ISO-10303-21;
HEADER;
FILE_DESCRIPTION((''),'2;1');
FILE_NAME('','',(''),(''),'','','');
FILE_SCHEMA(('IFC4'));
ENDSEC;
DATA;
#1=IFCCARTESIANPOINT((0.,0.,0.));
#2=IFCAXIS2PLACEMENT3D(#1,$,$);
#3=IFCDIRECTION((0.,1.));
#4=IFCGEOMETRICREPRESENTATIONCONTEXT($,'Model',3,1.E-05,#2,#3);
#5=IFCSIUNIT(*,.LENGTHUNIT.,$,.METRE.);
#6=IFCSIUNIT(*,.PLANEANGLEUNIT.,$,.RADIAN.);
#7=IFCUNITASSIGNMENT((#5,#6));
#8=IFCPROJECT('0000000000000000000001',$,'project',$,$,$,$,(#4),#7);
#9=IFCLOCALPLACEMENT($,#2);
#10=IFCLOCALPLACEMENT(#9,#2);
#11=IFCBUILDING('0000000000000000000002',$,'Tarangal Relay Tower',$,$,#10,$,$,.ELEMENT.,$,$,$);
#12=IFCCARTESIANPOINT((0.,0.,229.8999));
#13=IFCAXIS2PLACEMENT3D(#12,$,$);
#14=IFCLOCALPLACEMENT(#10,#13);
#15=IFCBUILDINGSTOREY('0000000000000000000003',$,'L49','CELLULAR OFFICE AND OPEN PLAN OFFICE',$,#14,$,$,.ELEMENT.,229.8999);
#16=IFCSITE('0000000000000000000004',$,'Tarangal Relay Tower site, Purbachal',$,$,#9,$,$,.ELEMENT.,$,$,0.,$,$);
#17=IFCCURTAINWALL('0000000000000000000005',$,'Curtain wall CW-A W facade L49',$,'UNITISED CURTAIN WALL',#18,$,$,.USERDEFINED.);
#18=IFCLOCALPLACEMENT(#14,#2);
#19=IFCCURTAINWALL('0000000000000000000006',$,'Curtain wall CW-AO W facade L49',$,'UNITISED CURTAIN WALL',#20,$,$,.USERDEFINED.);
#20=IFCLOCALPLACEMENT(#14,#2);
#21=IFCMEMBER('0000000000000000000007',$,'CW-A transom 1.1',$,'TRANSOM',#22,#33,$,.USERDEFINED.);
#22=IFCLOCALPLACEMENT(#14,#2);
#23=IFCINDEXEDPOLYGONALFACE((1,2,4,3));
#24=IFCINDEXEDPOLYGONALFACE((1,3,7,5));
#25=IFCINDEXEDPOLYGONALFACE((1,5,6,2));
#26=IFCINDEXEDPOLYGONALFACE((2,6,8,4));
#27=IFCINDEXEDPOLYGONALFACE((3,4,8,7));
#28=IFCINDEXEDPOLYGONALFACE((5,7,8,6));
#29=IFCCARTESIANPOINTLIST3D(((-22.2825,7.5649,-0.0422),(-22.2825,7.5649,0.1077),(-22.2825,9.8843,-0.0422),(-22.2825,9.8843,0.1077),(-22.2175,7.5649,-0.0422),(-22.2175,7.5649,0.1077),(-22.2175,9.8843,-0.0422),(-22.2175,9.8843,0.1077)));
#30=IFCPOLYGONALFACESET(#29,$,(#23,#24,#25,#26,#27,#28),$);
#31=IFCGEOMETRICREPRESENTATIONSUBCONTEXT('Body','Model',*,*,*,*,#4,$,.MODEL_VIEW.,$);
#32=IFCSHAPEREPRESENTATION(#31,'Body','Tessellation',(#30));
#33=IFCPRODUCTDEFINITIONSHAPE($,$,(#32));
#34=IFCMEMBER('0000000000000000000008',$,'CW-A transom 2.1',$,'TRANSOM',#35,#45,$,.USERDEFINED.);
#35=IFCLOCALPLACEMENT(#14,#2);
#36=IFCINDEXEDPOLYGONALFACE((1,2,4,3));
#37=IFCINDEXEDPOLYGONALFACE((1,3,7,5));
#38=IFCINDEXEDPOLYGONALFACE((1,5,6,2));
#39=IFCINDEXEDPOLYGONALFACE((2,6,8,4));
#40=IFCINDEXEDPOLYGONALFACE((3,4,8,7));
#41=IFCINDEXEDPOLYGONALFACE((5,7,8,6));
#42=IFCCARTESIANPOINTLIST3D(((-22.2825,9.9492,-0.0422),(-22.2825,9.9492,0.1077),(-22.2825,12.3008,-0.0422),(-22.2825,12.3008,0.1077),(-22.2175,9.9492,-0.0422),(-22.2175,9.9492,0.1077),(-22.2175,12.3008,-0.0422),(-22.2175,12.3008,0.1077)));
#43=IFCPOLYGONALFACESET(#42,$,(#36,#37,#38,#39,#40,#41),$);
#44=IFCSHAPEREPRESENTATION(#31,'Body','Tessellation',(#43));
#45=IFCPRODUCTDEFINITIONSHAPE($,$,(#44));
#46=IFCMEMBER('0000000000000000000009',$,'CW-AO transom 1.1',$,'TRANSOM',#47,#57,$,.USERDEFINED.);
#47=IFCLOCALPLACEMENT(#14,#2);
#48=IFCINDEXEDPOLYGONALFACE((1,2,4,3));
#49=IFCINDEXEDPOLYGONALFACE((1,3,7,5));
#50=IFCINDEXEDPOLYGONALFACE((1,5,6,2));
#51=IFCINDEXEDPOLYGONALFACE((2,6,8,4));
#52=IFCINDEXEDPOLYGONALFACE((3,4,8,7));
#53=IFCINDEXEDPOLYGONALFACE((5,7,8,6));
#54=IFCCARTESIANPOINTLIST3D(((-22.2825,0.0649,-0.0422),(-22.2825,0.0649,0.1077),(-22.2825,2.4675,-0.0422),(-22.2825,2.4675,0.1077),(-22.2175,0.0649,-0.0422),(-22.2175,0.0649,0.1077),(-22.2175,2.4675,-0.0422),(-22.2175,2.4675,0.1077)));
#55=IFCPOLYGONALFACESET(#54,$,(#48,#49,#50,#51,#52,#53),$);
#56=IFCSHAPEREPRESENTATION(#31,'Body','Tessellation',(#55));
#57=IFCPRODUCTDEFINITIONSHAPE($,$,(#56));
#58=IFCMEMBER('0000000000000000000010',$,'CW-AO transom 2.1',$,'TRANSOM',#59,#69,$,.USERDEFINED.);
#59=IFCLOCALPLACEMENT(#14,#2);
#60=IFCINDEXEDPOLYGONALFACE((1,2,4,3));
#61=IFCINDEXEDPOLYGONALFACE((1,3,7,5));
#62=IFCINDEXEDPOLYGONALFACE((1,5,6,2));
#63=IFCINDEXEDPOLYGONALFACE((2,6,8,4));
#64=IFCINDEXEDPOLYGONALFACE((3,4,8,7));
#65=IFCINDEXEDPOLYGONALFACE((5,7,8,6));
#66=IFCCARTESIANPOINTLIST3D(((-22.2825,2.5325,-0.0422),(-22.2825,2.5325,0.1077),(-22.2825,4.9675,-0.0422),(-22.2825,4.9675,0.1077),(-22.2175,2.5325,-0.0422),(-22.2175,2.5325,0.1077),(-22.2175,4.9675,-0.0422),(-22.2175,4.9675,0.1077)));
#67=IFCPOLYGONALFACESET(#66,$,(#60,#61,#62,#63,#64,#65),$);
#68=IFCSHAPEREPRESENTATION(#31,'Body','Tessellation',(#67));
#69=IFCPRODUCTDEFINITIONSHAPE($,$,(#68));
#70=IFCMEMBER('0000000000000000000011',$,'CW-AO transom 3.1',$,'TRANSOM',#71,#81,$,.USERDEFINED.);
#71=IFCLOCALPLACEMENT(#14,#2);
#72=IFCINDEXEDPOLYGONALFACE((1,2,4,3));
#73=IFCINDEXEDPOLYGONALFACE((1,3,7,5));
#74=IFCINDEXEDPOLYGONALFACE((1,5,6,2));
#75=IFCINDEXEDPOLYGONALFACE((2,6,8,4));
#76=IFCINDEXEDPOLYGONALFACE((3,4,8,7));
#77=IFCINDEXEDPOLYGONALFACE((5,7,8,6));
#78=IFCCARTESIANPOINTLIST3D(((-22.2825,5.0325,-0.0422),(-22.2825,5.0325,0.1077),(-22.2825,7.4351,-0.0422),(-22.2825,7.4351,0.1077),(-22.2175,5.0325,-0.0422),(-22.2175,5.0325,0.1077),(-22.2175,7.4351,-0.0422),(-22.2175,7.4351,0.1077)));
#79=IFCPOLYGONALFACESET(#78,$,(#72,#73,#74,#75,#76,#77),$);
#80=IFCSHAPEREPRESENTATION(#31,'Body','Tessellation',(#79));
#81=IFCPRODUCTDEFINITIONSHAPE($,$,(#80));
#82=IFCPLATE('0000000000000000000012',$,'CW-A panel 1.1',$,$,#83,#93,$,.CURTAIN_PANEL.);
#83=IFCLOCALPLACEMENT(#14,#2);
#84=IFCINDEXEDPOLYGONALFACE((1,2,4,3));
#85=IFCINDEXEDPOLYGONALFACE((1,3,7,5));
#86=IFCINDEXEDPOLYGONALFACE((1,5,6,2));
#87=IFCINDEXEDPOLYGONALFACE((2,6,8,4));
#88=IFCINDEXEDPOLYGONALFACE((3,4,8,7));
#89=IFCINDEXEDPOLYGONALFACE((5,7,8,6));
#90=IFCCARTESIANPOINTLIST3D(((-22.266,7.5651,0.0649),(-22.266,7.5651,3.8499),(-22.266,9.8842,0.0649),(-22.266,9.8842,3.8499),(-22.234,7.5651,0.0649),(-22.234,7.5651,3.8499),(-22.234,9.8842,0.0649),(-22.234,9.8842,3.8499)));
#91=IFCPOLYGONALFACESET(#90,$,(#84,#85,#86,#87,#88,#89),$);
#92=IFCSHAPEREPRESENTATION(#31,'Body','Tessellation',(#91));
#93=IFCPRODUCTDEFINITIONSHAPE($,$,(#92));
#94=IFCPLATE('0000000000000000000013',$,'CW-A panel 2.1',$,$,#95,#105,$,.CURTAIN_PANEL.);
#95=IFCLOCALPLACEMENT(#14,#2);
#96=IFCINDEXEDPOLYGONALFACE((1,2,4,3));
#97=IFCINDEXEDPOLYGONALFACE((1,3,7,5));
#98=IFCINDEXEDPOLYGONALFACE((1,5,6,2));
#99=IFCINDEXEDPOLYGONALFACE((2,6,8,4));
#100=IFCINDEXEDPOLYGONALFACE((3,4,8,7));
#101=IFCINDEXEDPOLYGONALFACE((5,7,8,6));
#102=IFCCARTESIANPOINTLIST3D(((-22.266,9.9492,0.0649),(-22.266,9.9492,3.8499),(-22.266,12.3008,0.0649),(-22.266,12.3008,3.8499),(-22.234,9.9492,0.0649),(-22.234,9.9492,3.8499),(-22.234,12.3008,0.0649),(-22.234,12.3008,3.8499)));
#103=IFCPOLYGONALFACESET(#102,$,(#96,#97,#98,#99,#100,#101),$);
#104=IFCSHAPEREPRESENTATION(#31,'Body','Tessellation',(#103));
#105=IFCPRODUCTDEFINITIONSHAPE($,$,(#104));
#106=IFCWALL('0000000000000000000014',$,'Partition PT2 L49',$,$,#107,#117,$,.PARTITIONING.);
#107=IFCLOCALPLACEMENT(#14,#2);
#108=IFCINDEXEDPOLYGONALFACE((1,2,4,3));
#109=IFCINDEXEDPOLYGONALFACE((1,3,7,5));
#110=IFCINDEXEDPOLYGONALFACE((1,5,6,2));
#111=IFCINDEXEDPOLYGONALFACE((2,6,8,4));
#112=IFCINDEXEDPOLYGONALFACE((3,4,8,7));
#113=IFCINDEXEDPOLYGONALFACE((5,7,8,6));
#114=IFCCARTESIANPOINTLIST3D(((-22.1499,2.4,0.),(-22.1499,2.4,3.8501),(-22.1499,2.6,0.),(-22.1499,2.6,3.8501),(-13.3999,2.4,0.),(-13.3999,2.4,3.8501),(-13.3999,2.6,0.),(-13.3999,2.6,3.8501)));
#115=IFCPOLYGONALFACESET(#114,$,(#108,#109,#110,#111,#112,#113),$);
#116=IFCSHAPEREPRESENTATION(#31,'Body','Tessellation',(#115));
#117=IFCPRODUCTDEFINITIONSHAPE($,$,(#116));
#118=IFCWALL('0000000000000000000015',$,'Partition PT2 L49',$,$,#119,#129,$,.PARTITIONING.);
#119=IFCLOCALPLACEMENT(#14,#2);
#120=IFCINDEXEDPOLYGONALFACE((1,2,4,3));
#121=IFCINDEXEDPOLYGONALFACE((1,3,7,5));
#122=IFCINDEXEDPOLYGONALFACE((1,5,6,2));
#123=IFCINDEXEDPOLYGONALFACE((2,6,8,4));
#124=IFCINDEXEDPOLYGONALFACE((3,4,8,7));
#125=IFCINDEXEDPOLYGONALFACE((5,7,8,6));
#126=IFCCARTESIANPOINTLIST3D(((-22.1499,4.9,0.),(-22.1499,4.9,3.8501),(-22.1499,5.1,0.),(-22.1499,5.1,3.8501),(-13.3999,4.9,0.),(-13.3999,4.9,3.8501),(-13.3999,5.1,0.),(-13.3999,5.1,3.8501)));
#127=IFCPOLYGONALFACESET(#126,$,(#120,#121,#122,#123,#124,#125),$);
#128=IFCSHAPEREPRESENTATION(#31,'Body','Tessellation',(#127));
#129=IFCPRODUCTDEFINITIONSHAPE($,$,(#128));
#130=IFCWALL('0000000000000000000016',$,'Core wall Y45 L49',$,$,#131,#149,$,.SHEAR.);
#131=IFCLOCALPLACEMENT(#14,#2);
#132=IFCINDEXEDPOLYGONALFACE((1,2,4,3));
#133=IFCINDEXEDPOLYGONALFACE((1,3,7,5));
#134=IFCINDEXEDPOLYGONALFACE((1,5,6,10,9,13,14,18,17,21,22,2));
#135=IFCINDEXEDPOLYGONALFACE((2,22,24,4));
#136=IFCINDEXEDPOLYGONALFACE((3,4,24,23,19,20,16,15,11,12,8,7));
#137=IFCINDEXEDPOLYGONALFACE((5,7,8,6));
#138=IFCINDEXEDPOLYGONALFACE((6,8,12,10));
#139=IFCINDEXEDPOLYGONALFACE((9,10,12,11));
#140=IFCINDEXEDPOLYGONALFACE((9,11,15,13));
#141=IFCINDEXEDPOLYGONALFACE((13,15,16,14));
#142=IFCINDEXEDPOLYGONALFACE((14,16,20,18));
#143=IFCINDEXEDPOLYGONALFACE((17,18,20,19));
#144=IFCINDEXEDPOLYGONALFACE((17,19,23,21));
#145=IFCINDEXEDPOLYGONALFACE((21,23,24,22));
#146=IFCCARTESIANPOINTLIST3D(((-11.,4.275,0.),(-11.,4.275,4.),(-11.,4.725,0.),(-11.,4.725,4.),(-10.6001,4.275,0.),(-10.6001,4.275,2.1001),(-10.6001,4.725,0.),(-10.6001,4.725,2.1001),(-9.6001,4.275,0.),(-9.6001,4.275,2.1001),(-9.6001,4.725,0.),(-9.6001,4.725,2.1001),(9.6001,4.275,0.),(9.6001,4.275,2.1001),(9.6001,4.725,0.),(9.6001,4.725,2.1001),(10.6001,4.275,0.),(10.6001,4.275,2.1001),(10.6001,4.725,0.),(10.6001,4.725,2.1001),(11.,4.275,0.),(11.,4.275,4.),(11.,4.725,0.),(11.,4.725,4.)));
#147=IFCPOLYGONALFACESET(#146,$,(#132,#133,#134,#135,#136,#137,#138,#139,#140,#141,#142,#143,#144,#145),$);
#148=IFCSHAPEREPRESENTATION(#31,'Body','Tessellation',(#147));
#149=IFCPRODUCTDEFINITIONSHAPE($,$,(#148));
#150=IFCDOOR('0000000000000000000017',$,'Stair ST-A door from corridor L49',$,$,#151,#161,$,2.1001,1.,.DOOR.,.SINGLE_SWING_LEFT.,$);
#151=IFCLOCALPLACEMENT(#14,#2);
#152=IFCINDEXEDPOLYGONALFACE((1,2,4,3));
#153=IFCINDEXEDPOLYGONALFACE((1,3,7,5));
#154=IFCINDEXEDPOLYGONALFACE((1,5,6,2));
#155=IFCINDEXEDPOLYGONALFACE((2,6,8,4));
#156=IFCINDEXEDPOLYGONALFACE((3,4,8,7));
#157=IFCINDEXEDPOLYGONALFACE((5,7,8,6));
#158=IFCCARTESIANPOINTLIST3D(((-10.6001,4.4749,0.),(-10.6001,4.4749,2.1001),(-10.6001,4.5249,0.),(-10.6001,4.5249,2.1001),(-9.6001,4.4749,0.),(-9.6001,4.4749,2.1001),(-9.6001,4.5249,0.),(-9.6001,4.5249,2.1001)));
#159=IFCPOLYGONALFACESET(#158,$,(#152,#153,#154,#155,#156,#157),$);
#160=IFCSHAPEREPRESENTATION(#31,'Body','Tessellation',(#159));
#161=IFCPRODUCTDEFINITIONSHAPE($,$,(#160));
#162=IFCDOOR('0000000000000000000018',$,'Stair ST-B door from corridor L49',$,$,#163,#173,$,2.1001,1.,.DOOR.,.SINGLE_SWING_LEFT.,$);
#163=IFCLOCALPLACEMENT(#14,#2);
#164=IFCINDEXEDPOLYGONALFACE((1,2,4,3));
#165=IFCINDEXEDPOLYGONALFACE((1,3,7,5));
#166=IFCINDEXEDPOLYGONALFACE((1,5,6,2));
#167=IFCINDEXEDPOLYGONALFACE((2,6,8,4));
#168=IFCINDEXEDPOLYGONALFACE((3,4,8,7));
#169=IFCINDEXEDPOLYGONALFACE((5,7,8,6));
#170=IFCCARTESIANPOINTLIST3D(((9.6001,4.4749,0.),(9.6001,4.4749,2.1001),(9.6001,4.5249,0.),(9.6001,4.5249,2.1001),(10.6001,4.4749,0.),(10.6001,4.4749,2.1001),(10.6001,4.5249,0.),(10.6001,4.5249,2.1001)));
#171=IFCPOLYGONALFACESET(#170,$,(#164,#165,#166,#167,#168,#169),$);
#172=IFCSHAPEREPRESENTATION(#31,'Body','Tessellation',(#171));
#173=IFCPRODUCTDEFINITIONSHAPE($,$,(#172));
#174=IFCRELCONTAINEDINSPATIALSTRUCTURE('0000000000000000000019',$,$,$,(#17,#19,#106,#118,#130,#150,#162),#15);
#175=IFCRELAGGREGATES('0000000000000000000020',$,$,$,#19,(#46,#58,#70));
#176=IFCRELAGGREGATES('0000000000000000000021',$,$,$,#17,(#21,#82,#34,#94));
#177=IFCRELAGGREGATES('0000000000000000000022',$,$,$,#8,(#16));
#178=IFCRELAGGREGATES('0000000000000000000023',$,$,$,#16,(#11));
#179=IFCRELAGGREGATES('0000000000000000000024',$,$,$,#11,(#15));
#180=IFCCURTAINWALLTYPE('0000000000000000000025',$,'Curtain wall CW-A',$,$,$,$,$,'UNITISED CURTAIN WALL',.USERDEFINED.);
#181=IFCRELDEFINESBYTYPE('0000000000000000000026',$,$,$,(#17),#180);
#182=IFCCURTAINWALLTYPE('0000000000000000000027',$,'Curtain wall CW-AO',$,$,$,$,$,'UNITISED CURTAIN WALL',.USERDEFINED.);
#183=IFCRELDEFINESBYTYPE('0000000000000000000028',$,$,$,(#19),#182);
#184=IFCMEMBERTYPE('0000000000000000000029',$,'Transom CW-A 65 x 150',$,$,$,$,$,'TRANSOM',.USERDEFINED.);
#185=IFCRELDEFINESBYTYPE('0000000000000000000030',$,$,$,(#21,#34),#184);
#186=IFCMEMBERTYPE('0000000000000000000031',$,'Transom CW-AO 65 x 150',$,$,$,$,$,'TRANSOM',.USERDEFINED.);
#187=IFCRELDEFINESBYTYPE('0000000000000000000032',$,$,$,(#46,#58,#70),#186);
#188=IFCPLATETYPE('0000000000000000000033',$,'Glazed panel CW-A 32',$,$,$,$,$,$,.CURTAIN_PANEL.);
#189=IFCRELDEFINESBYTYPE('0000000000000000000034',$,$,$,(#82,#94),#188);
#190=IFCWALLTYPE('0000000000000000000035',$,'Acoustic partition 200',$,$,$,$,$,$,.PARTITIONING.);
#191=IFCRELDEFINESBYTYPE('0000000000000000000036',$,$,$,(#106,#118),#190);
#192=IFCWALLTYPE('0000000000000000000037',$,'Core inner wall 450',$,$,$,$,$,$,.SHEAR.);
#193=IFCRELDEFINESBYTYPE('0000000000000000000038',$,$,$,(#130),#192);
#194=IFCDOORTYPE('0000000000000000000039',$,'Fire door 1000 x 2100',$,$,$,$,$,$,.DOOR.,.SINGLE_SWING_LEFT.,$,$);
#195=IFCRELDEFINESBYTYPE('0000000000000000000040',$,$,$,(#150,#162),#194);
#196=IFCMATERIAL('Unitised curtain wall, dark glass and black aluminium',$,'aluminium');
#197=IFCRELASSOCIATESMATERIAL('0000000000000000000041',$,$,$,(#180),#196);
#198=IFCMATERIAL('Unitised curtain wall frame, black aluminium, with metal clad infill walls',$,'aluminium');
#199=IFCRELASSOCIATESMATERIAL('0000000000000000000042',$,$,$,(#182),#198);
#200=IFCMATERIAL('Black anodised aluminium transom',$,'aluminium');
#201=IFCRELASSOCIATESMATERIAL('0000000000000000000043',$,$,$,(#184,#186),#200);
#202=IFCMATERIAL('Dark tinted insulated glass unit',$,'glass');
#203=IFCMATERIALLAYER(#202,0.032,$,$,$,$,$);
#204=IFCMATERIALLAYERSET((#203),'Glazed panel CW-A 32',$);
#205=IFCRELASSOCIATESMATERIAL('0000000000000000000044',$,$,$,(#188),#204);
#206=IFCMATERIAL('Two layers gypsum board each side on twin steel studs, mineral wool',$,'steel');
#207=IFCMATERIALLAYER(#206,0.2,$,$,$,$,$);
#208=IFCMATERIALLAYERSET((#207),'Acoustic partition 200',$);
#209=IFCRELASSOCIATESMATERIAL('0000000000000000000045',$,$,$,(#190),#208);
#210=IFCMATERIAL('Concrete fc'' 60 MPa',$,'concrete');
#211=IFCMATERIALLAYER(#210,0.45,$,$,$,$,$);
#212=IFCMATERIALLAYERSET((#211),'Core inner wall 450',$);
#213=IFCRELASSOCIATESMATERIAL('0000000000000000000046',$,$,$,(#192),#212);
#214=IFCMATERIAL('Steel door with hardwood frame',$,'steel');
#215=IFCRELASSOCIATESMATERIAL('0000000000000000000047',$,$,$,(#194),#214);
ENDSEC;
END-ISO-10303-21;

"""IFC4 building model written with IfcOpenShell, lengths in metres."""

from ifc_helpers import new_model, si_unit, direction, frame, frame_2d, origin, origin_2d, place, context, subcontext, project, spatial, rectangle, extrude, material, layer, layer_set, material_profile, profile_set, type_object, element, fill, aggregate, save


model = new_model("IFC4")

# Units and contexts
model_context = context("Model", 3, precision=1e-05, world=origin(), true_north=direction((0.0, 1.0)))
body_context = subcontext(model_context, "Body", "Model", "MODEL_VIEW")
ifc_project = project(units=[si_unit("LENGTHUNIT", "METRE"), si_unit("PLANEANGLEUNIT", "RADIAN")], contexts=[model_context])

# Site, building, storey
site_placement = place(None, origin())
site = spatial("IfcSite", under=ifc_project, at=site_placement, Name="Tarangal Relay Tower site, Purbachal", CompositionType="ELEMENT", RefElevation=0.0)
building_placement = place(site_placement, origin())
building = spatial("IfcBuilding", under=site, at=building_placement, Name="Tarangal Relay Tower", CompositionType="ELEMENT")
storey_placement = place(building_placement, frame((0.0, 0.0, 229.8999)))
storey = spatial("IfcBuildingStorey", under=building, at=storey_placement, Name="L49", Description="CELLULAR OFFICE AND OPEN PLAN OFFICE", CompositionType="ELEMENT", Elevation=229.8999)

# Curtain walls
ifc_material_1 = material(Name="Unitised curtain wall, dark glass and black aluminium", Category="aluminium")
curtain_wall_type_1 = type_object("IfcCurtainWallType", Name="Curtain wall CW-A", ElementType="UNITISED CURTAIN WALL", PredefinedType="USERDEFINED", material=ifc_material_1)
curtain_wall_1_placement = place(storey_placement, origin())
curtain_wall_1 = element("IfcCurtainWall", 1, at=curtain_wall_1_placement, inside=storey, type_object=curtain_wall_type_1, Name="Curtain wall CW-A W facade L49", ObjectType="UNITISED CURTAIN WALL", PredefinedType="USERDEFINED")
ifc_material_2 = material(Name="Unitised curtain wall frame, black aluminium, with metal clad infill walls", Category="aluminium")
curtain_wall_type_2 = type_object("IfcCurtainWallType", Name="Curtain wall CW-AO", ElementType="UNITISED CURTAIN WALL", PredefinedType="USERDEFINED", material=ifc_material_2)
curtain_wall_2_placement = place(storey_placement, origin())
curtain_wall_2 = element("IfcCurtainWall", 2, at=curtain_wall_2_placement, inside=storey, type_object=curtain_wall_type_2, Name="Curtain wall CW-AO W facade L49", ObjectType="UNITISED CURTAIN WALL", PredefinedType="USERDEFINED")

# Members
ifc_material_3 = material(Name="Black anodised aluminium transom", Category="aluminium")
ifc_material_profile_1 = material_profile(ifc_material_3, rectangle(XDim=0.0649, YDim=0.1499, at=origin_2d()), Name="CW-AT 65X150")
ifc_profile_set_1 = profile_set([ifc_material_profile_1], Name="Black anodised aluminium transom")
member_type_1 = type_object("IfcMemberType", Name="Transom CW-A 65 x 150", ElementType="TRANSOM", PredefinedType="USERDEFINED", material=ifc_profile_set_1)
member_1_placement = place(storey_placement, frame((-22.25, 7.5649, 0.0327), z_axis=(0.0, 1.0, 0.0), x_axis=(-1.0, 0.0, 0.0)))
member_1 = element("IfcMember", 3, at=member_1_placement, type_object=member_type_1, Name="CW-A transom 1.1", ObjectType="TRANSOM", PredefinedType="USERDEFINED", context=body_context, shape_type="SweptSolid", body=[
    extrude(rectangle(XDim=0.0649, YDim=0.1499, at=origin_2d()), origin(), (0.0, 0.0, 1.0), 2.3193),
])
member_2_placement = place(storey_placement, frame((-22.25, 9.9492, 0.0327), z_axis=(0.0, 1.0, 0.0), x_axis=(-1.0, 0.0, 0.0)))
member_2 = element("IfcMember", 4, at=member_2_placement, type_object=member_type_1, Name="CW-A transom 2.1", ObjectType="TRANSOM", PredefinedType="USERDEFINED", context=body_context, shape_type="SweptSolid", body=[
    extrude(rectangle(XDim=0.0649, YDim=0.1499, at=origin_2d()), origin(), (0.0, 0.0, 1.0), 2.3516),
])
ifc_material_profile_2 = material_profile(ifc_material_3, rectangle(XDim=0.0649, YDim=0.1499, at=origin_2d()), Name="CW-AOT 65X150")
ifc_profile_set_2 = profile_set([ifc_material_profile_2], Name="Black anodised aluminium transom")
member_type_2 = type_object("IfcMemberType", Name="Transom CW-AO 65 x 150", ElementType="TRANSOM", PredefinedType="USERDEFINED", material=ifc_profile_set_2)
member_3_placement = place(storey_placement, frame((-22.25, 0.0649, 0.0327), z_axis=(0.0, 1.0, 0.0), x_axis=(-1.0, 0.0, 0.0)))
member_3 = element("IfcMember", 5, at=member_3_placement, type_object=member_type_2, Name="CW-AO transom 1.1", ObjectType="TRANSOM", PredefinedType="USERDEFINED", context=body_context, shape_type="SweptSolid", body=[
    extrude(rectangle(XDim=0.0649, YDim=0.1499, at=origin_2d()), origin(), (0.0, 0.0, 1.0), 2.4026),
])
member_4_placement = place(storey_placement, frame((-22.25, 2.5325, 0.0327), z_axis=(0.0, 1.0, 0.0), x_axis=(-1.0, 0.0, 0.0)))
member_4 = element("IfcMember", 6, at=member_4_placement, type_object=member_type_2, Name="CW-AO transom 2.1", ObjectType="TRANSOM", PredefinedType="USERDEFINED", context=body_context, shape_type="SweptSolid", body=[
    extrude(rectangle(XDim=0.0649, YDim=0.1499, at=origin_2d()), origin(), (0.0, 0.0, 1.0), 2.4351),
])
member_5_placement = place(storey_placement, frame((-22.25, 5.0325, 0.0327), z_axis=(0.0, 1.0, 0.0), x_axis=(-1.0, 0.0, 0.0)))
member_5 = element("IfcMember", 7, at=member_5_placement, type_object=member_type_2, Name="CW-AO transom 3.1", ObjectType="TRANSOM", PredefinedType="USERDEFINED", context=body_context, shape_type="SweptSolid", body=[
    extrude(rectangle(XDim=0.0649, YDim=0.1499, at=origin_2d()), origin(), (0.0, 0.0, 1.0), 2.4026),
])
aggregate(curtain_wall_2, [member_3, member_4, member_5])

# Plates
ifc_material_4 = material(Name="Dark tinted insulated glass unit", Category="glass")
ifc_layer_1 = layer(ifc_material_4, 0.032)
ifc_layer_set_1 = layer_set([ifc_layer_1], Name="Glazed panel CW-A 32")
plate_type = type_object("IfcPlateType", Name="Glazed panel CW-A 32", PredefinedType="CURTAIN_PANEL", material=ifc_layer_set_1)
plate_1_placement = place(storey_placement, frame((-22.25, 8.7246, 0.0649), z_axis=(0.0, 0.0, 1.0), x_axis=(0.0, 1.0, 0.0)))
plate_1 = element("IfcPlate", 8, at=plate_1_placement, type_object=plate_type, Name="CW-A panel 1.1", PredefinedType="CURTAIN_PANEL", context=body_context, shape_type="SweptSolid", body=[
    extrude(rectangle(XDim=2.3191, YDim=0.032, at=origin_2d()), origin(), (0.0, 0.0, 1.0), 3.7849),
])
plate_2_placement = place(storey_placement, frame((-22.25, 11.125, 0.0649), z_axis=(0.0, 0.0, 1.0), x_axis=(0.0, 1.0, 0.0)))
plate_2 = element("IfcPlate", 9, at=plate_2_placement, type_object=plate_type, Name="CW-A panel 2.1", PredefinedType="CURTAIN_PANEL", context=body_context, shape_type="SweptSolid", body=[
    extrude(rectangle(XDim=2.3516, YDim=0.032, at=origin_2d()), origin(), (0.0, 0.0, 1.0), 3.7849),
])
aggregate(curtain_wall_1, [member_1, plate_1, member_2, plate_2])

# Walls
ifc_material_5 = material(Name="Two layers gypsum board each side on twin steel studs, mineral wool", Category="steel")
ifc_layer_2 = layer(ifc_material_5, 0.2)
ifc_layer_set_2 = layer_set([ifc_layer_2], Name="Acoustic partition 200")
wall_type_1 = type_object("IfcWallType", Name="Acoustic partition 200", PredefinedType="PARTITIONING", material=ifc_layer_set_2)
for number, where, z_axis, x_axis, name in (
    (10, (-22.1499, 2.5, 0.0), (0.0, 0.0, 1.0), (1.0, 0.0, 0.0), "Partition PT2 L49"),
    (11, (-22.1499, 5.0, 0.0), (0.0, 0.0, 1.0), (1.0, 0.0, 0.0), "Partition PT2 L49"),
):
    element("IfcWall", number, at=place(storey_placement, frame(where, z_axis=z_axis, x_axis=x_axis)), inside=storey, type_object=wall_type_1, Name=name, PredefinedType="PARTITIONING", context=body_context, shape_type="SweptSolid", body=[
        extrude(rectangle(XDim=8.75, YDim=0.2, at=frame_2d((4.375, 0.0))), origin(), (0.0, 0.0, 1.0), 3.8501),
    ])

# Wall, openings, doors
ifc_material_6 = material(Name="Concrete fc' 60 MPa", Category="concrete")
ifc_layer_3 = layer(ifc_material_6, 0.45)
ifc_layer_set_3 = layer_set([ifc_layer_3], Name="Core inner wall 450")
wall_type_2 = type_object("IfcWallType", Name="Core inner wall 450", PredefinedType="SHEAR", material=ifc_layer_set_3)
wall_1_placement = place(storey_placement, frame((-11.0, 4.5, 0.0), z_axis=(0.0, 0.0, 1.0), x_axis=(1.0, 0.0, 0.0)))
wall_1 = element("IfcWall", 12, at=wall_1_placement, inside=storey, type_object=wall_type_2, Name="Core wall Y45 L49", PredefinedType="SHEAR", context=body_context, shape_type="SweptSolid", body=[
    extrude(rectangle(XDim=22.0, YDim=0.45, at=frame_2d((11.0, 0.0))), origin(), (0.0, 0.0, 1.0), 4.0),
])
opening_1_placement = place(wall_1_placement, frame((0.3999, 0.0, 0.0)))
opening_1 = element("IfcOpeningElement", 13, at=opening_1_placement, cuts=wall_1, PredefinedType="OPENING", context=body_context, shape_type="SweptSolid", body=[
    extrude(rectangle(XDim=1.0, YDim=2.1001, at=frame_2d((0.5, 1.05))), frame((0.0, 0.2349, 0.0), z_axis=(0.0, -1.0, 0.0), x_axis=(1.0, 0.0, 0.0)), (0.0, 0.0, 1.0), 0.47),
])
opening_2_placement = place(wall_1_placement, frame((20.6001, 0.0, 0.0)))
opening_2 = element("IfcOpeningElement", 14, at=opening_2_placement, cuts=wall_1, PredefinedType="OPENING", context=body_context, shape_type="SweptSolid", body=[
    extrude(rectangle(XDim=1.0, YDim=2.1001, at=frame_2d((0.5, 1.05))), frame((0.0, 0.2349, 0.0), z_axis=(0.0, -1.0, 0.0), x_axis=(1.0, 0.0, 0.0)), (0.0, 0.0, 1.0), 0.47),
])
ifc_material_7 = material(Name="Steel door with hardwood frame", Category="steel")
door_type_1 = type_object("IfcDoorType", Name="Fire door 1000 x 2100", OperationType="SINGLE_SWING_LEFT", PredefinedType="DOOR", material=ifc_material_7)
door_1_placement = place(opening_1_placement, origin())
door_1 = element("IfcDoor", 15, at=door_1_placement, inside=storey, type_object=door_type_1, Name="Stair ST-A door from corridor L49", OperationType="SINGLE_SWING_LEFT", OverallHeight=2.1001, OverallWidth=1.0, PredefinedType="DOOR", context=body_context, shape_type="SweptSolid", body=[
    extrude(rectangle(XDim=1.0, YDim=2.1001, at=frame_2d((0.5, 1.05))), frame((0.0, 0.0249, 0.0), z_axis=(0.0, -1.0, 0.0), x_axis=(1.0, 0.0, 0.0)), (0.0, 0.0, 1.0), 0.05),
])
fill(opening_1, door_1)
door_2_placement = place(opening_2_placement, origin())
door_2 = element("IfcDoor", 16, at=door_2_placement, inside=storey, type_object=door_type_1, Name="Stair ST-B door from corridor L49", OperationType="SINGLE_SWING_LEFT", OverallHeight=2.1001, OverallWidth=1.0, PredefinedType="DOOR", context=body_context, shape_type="SweptSolid", body=[
    extrude(rectangle(XDim=1.0, YDim=2.1001, at=frame_2d((0.5, 1.05))), frame((0.0, 0.0249, 0.0), z_axis=(0.0, -1.0, 0.0), x_axis=(1.0, 0.0, 0.0)), (0.0, 0.0, 1.0), 0.05),
])
fill(opening_2, door_2)

save(model, "model.ifc")
